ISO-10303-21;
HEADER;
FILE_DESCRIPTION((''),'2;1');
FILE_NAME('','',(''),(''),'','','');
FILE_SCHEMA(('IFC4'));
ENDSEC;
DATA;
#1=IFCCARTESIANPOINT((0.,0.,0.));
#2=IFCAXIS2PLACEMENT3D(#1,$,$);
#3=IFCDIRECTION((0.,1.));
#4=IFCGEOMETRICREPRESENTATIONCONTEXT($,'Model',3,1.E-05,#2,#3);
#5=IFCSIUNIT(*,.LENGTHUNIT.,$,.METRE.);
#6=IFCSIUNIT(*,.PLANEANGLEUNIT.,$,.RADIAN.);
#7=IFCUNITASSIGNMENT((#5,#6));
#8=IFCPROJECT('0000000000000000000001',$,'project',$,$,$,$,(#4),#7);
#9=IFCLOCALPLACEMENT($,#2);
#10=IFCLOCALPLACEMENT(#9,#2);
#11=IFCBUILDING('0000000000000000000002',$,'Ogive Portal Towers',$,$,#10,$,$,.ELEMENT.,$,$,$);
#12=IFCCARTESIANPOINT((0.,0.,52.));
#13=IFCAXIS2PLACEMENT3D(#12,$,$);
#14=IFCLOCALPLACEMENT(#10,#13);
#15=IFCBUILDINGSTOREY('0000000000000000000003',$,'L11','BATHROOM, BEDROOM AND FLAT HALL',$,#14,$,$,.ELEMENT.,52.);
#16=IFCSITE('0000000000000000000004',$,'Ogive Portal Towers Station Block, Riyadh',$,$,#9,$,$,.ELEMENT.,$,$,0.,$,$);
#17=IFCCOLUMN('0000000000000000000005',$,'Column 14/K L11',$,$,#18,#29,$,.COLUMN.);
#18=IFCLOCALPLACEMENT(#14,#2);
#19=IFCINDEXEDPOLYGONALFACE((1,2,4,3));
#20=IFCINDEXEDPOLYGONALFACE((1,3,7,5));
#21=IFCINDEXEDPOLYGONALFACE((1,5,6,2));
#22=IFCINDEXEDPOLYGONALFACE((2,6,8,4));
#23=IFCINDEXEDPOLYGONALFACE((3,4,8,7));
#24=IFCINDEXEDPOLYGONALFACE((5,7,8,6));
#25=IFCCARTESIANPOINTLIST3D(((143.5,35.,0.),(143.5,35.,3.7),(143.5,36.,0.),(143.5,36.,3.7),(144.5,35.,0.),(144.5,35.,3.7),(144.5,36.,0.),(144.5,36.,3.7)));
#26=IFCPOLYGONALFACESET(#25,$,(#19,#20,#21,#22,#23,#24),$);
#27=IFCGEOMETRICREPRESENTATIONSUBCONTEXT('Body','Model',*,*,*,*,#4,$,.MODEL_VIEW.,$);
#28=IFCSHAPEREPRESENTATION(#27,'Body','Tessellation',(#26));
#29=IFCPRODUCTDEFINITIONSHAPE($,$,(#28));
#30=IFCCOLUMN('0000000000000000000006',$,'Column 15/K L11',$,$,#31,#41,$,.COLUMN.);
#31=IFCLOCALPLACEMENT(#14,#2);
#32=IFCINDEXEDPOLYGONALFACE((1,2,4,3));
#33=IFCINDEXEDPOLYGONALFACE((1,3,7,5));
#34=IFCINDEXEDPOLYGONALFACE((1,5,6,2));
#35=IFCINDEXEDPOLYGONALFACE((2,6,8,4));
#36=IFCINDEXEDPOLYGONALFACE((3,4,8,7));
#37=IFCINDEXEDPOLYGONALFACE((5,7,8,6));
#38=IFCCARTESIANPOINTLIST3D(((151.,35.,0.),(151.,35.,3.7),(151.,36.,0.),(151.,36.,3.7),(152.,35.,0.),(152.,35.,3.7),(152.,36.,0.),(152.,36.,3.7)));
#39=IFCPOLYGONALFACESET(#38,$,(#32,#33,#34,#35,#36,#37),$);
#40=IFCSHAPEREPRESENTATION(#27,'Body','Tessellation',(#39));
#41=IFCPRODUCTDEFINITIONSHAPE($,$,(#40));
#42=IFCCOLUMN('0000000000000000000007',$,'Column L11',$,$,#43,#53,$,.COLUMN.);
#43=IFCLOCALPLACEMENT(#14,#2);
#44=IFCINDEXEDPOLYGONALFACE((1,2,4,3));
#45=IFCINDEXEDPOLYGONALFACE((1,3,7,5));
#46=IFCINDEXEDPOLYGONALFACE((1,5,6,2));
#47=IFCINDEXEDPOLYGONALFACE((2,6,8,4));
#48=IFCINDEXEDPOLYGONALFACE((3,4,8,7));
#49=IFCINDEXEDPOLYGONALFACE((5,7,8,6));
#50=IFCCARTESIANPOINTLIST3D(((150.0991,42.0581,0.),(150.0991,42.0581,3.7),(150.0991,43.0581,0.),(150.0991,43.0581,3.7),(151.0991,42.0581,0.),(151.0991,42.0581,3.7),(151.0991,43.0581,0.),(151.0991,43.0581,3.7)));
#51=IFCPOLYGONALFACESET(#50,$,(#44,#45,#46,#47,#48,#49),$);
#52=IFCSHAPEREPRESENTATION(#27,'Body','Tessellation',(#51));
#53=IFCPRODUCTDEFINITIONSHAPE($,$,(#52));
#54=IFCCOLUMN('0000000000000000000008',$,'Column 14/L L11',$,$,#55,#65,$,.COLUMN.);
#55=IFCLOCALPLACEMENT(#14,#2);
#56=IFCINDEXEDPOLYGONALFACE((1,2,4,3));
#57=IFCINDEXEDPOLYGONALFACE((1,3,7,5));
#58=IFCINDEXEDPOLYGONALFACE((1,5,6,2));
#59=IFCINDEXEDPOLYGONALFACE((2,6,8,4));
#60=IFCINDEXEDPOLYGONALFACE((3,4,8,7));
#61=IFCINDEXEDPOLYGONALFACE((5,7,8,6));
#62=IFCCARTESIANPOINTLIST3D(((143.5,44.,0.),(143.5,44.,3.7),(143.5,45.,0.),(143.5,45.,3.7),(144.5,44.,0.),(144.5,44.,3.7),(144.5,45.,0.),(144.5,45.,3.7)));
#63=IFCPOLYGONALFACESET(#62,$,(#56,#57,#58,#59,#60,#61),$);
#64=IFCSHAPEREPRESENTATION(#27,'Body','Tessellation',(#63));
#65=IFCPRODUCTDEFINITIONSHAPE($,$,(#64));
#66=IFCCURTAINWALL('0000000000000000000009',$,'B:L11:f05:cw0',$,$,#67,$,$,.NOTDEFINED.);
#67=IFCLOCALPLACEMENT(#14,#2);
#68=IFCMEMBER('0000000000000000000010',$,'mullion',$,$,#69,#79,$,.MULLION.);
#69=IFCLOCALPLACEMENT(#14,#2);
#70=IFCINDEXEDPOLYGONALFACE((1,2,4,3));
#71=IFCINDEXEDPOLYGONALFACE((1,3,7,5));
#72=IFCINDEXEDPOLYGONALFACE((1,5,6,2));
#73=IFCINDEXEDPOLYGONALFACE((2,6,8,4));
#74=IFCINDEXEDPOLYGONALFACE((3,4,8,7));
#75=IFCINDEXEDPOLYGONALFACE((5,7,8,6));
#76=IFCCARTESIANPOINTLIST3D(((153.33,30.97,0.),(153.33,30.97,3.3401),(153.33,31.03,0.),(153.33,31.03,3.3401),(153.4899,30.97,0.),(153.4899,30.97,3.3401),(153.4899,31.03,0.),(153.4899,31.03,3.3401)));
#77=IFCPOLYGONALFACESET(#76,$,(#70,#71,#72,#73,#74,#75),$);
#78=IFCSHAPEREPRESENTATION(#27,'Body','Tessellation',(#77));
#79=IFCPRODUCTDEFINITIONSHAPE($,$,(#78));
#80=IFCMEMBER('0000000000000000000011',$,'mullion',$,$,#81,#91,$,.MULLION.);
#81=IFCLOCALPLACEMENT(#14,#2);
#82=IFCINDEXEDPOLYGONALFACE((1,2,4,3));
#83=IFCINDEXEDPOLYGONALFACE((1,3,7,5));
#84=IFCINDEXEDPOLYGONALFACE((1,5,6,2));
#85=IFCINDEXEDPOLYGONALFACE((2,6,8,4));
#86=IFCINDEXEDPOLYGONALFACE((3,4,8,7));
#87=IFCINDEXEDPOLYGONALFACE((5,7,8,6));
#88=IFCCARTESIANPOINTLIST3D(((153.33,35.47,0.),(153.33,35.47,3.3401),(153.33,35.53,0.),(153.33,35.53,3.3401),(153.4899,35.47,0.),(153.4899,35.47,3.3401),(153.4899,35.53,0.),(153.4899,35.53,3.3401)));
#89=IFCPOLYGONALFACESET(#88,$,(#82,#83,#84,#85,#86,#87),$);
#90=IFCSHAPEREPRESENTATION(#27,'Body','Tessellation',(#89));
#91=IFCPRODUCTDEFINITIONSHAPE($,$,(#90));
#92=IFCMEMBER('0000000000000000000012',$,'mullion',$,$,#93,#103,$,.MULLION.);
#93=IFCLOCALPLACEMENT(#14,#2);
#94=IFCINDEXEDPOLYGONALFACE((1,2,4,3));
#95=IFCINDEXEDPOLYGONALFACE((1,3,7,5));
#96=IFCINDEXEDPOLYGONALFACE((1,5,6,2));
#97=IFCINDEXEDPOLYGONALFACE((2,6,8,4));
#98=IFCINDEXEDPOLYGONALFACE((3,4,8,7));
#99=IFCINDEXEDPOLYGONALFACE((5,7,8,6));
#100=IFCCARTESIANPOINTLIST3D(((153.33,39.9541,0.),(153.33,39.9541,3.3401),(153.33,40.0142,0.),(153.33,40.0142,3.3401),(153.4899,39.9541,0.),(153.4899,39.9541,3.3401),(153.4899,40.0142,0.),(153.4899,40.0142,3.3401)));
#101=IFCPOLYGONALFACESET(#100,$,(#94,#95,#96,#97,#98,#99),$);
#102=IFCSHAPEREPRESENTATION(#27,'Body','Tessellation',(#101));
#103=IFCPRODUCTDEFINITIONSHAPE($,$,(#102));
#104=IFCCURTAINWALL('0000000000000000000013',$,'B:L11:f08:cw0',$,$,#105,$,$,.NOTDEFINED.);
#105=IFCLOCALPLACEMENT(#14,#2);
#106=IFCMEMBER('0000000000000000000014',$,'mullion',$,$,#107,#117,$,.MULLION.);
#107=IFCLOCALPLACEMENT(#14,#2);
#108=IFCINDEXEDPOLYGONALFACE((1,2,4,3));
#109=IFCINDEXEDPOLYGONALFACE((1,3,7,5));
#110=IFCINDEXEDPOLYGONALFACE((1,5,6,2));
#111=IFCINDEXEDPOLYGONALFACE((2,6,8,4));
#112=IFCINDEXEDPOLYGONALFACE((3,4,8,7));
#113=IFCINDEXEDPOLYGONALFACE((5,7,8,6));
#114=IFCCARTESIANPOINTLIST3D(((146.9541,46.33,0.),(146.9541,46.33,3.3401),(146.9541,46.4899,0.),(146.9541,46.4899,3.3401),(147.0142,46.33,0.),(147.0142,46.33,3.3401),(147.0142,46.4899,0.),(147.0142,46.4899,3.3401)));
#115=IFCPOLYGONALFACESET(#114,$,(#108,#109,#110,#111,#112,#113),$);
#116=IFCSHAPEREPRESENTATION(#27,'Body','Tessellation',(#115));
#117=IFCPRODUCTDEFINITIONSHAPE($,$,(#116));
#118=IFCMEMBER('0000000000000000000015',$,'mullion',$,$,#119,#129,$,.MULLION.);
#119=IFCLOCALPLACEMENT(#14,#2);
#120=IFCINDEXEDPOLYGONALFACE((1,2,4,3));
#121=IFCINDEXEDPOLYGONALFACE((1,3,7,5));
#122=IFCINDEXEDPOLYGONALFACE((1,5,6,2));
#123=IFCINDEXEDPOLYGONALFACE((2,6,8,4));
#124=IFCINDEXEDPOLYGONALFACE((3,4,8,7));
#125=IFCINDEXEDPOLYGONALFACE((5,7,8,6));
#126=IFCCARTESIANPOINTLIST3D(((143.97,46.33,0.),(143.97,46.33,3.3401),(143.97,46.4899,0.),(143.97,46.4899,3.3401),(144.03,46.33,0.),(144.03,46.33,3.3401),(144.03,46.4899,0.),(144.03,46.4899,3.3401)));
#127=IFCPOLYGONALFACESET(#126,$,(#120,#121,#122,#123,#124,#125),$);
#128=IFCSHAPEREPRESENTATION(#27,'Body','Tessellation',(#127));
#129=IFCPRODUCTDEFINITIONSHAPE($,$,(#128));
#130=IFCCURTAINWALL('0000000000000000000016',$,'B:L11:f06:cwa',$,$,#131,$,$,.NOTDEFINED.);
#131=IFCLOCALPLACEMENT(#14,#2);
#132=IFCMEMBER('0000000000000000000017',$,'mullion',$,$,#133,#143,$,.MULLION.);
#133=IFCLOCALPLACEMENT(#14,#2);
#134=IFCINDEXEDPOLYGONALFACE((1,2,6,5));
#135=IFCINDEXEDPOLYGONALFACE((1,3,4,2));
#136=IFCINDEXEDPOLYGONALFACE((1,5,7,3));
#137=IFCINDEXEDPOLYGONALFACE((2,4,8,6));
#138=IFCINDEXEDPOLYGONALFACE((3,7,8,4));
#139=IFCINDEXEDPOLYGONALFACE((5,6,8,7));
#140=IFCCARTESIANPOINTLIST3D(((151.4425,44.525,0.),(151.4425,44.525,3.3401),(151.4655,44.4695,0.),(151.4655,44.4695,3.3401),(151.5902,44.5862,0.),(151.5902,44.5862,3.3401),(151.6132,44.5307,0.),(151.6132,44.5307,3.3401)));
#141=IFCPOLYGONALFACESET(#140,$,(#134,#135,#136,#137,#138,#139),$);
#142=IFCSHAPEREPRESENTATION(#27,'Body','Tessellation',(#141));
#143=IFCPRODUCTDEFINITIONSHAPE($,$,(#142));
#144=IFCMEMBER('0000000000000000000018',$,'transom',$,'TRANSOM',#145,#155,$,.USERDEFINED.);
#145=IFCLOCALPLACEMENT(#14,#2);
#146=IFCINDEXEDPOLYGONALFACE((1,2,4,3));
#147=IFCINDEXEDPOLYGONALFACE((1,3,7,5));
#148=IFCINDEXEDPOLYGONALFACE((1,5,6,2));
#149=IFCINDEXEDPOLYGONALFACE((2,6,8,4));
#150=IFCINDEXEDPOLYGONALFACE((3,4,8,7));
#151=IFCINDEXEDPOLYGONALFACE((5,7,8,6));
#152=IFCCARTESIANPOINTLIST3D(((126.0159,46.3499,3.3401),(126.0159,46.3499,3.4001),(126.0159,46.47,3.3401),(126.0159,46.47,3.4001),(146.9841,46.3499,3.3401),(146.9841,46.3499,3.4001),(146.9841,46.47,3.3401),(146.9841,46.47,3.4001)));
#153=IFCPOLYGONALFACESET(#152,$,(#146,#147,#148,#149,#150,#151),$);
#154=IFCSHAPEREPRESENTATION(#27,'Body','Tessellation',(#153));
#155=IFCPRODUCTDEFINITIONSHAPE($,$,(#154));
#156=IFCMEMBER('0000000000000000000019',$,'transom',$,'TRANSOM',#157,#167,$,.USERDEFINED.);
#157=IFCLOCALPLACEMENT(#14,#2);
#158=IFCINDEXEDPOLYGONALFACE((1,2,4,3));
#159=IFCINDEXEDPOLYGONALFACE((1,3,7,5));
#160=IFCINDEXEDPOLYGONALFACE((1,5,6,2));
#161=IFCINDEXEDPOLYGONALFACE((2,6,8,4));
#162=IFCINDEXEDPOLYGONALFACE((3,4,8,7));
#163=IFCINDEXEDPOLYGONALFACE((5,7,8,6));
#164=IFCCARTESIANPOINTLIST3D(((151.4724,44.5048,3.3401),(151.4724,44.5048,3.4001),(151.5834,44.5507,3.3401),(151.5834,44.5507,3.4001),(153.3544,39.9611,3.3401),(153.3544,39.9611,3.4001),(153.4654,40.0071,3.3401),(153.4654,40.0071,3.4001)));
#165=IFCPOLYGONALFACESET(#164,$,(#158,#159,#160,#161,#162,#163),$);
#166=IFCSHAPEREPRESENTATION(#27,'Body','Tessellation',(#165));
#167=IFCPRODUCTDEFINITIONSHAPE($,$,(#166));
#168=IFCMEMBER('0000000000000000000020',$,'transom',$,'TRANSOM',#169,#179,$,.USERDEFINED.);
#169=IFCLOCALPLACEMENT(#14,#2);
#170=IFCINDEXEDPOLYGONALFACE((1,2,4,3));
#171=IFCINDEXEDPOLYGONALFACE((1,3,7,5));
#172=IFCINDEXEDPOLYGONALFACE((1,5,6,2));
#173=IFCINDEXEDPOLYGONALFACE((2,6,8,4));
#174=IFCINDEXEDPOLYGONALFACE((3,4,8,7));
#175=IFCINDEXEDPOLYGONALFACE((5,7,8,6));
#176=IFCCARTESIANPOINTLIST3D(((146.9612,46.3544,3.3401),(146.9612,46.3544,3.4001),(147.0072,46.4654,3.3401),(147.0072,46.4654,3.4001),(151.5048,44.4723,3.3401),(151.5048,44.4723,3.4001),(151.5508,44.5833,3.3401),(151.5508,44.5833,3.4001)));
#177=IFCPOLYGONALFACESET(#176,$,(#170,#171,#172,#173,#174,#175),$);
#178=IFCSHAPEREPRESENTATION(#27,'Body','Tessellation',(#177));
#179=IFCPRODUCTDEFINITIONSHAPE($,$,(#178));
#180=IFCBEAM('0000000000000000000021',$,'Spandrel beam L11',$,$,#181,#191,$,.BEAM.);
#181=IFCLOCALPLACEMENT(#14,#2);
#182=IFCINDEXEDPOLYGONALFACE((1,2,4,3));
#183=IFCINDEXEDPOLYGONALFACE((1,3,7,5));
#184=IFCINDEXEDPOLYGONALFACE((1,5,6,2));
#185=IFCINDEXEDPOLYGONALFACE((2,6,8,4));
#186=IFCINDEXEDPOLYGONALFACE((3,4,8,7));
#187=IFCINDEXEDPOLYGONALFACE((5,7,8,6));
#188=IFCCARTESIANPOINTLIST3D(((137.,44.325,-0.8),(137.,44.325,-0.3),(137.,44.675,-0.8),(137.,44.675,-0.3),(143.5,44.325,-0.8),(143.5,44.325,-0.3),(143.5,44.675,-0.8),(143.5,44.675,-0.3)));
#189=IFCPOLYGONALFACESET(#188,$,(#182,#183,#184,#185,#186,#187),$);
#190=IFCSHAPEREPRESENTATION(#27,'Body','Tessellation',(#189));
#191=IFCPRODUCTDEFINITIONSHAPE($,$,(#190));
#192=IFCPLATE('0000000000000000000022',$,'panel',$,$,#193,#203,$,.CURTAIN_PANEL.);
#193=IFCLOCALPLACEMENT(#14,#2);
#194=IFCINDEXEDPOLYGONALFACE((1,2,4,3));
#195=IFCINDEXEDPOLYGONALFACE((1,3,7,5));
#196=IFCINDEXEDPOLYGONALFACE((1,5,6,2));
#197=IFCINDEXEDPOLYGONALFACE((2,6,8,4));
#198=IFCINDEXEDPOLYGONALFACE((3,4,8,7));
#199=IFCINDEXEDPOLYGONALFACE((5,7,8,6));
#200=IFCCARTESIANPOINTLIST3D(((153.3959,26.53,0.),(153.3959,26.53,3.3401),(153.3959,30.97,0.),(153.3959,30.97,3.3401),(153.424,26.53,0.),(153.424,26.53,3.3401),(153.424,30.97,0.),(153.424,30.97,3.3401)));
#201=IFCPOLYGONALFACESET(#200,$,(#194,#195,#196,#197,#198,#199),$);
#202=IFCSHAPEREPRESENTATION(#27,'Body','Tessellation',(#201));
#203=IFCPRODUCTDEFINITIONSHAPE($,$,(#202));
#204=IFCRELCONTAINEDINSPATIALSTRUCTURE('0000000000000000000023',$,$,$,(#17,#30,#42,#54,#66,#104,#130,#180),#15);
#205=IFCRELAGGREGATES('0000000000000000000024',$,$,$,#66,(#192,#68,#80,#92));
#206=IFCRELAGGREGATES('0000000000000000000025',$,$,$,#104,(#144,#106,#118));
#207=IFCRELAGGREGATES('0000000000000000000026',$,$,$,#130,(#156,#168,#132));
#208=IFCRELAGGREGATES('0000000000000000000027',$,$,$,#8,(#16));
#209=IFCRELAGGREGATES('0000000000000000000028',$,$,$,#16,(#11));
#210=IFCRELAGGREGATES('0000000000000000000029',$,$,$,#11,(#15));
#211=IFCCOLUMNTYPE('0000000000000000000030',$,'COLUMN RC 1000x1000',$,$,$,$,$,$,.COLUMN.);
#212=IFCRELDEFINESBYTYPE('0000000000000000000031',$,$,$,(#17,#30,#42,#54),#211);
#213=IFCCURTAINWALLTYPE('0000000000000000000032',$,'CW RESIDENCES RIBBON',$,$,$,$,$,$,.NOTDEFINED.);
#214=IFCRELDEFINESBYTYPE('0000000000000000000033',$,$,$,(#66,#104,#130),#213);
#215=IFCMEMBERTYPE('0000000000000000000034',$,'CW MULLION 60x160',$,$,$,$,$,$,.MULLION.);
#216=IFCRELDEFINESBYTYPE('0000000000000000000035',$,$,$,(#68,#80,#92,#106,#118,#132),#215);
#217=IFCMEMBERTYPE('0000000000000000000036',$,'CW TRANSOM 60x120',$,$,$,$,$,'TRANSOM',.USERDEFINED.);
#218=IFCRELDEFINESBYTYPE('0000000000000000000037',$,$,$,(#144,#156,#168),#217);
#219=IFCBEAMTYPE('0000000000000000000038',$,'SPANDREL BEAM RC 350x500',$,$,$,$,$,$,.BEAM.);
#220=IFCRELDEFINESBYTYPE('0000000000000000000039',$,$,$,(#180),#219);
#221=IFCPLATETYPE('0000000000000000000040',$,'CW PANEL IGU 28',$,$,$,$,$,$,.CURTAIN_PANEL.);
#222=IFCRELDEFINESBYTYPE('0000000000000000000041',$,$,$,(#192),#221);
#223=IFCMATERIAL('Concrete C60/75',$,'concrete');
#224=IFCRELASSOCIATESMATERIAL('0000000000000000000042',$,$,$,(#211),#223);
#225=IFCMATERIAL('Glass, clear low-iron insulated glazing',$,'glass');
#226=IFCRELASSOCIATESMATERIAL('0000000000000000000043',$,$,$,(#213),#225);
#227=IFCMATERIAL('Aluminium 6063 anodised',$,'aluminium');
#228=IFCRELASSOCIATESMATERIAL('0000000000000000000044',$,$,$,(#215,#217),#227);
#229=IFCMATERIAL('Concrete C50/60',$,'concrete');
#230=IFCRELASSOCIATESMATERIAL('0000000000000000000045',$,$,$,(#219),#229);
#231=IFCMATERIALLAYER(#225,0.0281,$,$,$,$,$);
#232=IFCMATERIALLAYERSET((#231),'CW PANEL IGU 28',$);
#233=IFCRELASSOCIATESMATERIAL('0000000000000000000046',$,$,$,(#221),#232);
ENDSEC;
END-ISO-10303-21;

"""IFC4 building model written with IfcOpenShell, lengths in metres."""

from ifc_helpers import new_model, si_unit, direction, frame, origin, origin_2d, place, context, subcontext, project, spatial, rectangle, extrude, material, layer, layer_set, material_profile, profile_set, type_object, element, aggregate, save


model = new_model("IFC4")

# Units and contexts
model_context = context("Model", 3, precision=1e-05, world=origin(), true_north=direction((0.0, 1.0)))
body_context = subcontext(model_context, "Body", "Model", "MODEL_VIEW")
ifc_project = project(units=[si_unit("LENGTHUNIT", "METRE"), si_unit("PLANEANGLEUNIT", "RADIAN")], contexts=[model_context])

# Site, building, storey
site_placement = place(None, origin())
site = spatial("IfcSite", under=ifc_project, at=site_placement, Name="Ogive Portal Towers Station Block, Riyadh", CompositionType="ELEMENT", RefElevation=0.0)
building_placement = place(site_placement, origin())
building = spatial("IfcBuilding", under=site, at=building_placement, Name="Ogive Portal Towers", CompositionType="ELEMENT")
storey_placement = place(building_placement, frame((0.0, 0.0, 52.0)))
storey = spatial("IfcBuildingStorey", under=building, at=storey_placement, Name="L11", Description="BATHROOM, BEDROOM AND FLAT HALL", CompositionType="ELEMENT", Elevation=52.0)

# Columns
ifc_material_1 = material(Name="Concrete C60/75", Category="concrete")
ifc_material_profile_1 = material_profile(ifc_material_1, rectangle(XDim=1.0, YDim=1.0, at=origin_2d()), Name="RC 1000x1000")
ifc_profile_set_1 = profile_set([ifc_material_profile_1], Name="Concrete C60/75")
column_type = type_object("IfcColumnType", Name="COLUMN RC 1000x1000", PredefinedType="COLUMN", material=ifc_profile_set_1)
for number, where, z_axis, x_axis, name in (
    (1, (144.0, 35.5, 0.0), (0.0, 0.0, 1.0), (1.0, 0.0, 0.0), "Column 14/K L11"),
    (2, (151.5, 35.5, 0.0), (0.0, 0.0, 1.0), (1.0, 0.0, 0.0), "Column 15/K L11"),
    (3, (150.5991, 42.5581, 0.0), (0.0, 0.0, 1.0), (1.0, 0.0, 0.0), "Column L11"),
    (4, (144.0, 44.5, 0.0), (0.0, 0.0, 1.0), (1.0, 0.0, 0.0), "Column 14/L L11"),
):
    element("IfcColumn", number, at=place(storey_placement, frame(where, z_axis=z_axis, x_axis=x_axis)), inside=storey, type_object=column_type, Name=name, PredefinedType="COLUMN", context=body_context, shape_type="SweptSolid", body=[
        extrude(rectangle(XDim=1.0, YDim=1.0, at=origin_2d()), origin(), (0.0, 0.0, 1.0), 3.7),
    ])

# Curtain walls, members
ifc_material_2 = material(Name="Glass, clear low-iron insulated glazing", Category="glass")
curtain_wall_type = type_object("IfcCurtainWallType", Name="CW RESIDENCES RIBBON", PredefinedType="NOTDEFINED", material=ifc_material_2)
curtain_wall_1_placement = place(storey_placement, origin())
curtain_wall_1 = element("IfcCurtainWall", 5, at=curtain_wall_1_placement, inside=storey, type_object=curtain_wall_type, Name="B:L11:f05:cw0", PredefinedType="NOTDEFINED")
ifc_material_3 = material(Name="Aluminium 6063 anodised", Category="aluminium")
ifc_material_profile_2 = material_profile(ifc_material_3, rectangle(XDim=0.1599, YDim=0.0601, at=origin_2d()), Name="AL 60x160")
ifc_profile_set_2 = profile_set([ifc_material_profile_2], Name="Aluminium 6063 anodised")
member_type_1 = type_object("IfcMemberType", Name="CW MULLION 60x160", PredefinedType="MULLION", material=ifc_profile_set_2)
member_1_placement = place(storey_placement, frame((153.4099, 31.0, 0.0), z_axis=(0.0, 0.0, 1.0), x_axis=(-1.0, 0.0, 0.0)))
member_1 = element("IfcMember", 6, at=member_1_placement, type_object=member_type_1, Name="mullion", PredefinedType="MULLION", context=body_context, shape_type="SweptSolid", body=[
    extrude(rectangle(XDim=0.1599, YDim=0.0601, at=origin_2d()), origin(), (0.0, 0.0, 1.0), 3.3401),
])
member_2_placement = place(storey_placement, frame((153.4099, 35.5, 0.0), z_axis=(0.0, 0.0, 1.0), x_axis=(-1.0, 0.0, 0.0)))
member_2 = element("IfcMember", 7, at=member_2_placement, type_object=member_type_1, Name="mullion", PredefinedType="MULLION", context=body_context, shape_type="SweptSolid", body=[
    extrude(rectangle(XDim=0.1599, YDim=0.0601, at=origin_2d()), origin(), (0.0, 0.0, 1.0), 3.3401),
])
member_3_placement = place(storey_placement, frame((153.4099, 39.9841, 0.0), z_axis=(0.0, 0.0, 1.0), x_axis=(-1.0, 0.0, 0.0)))
member_3 = element("IfcMember", 8, at=member_3_placement, type_object=member_type_1, Name="mullion", PredefinedType="MULLION", context=body_context, shape_type="SweptSolid", body=[
    extrude(rectangle(XDim=0.1599, YDim=0.0601, at=origin_2d()), origin(), (0.0, 0.0, 1.0), 3.3401),
])
curtain_wall_2_placement = place(storey_placement, origin())
curtain_wall_2 = element("IfcCurtainWall", 9, at=curtain_wall_2_placement, inside=storey, type_object=curtain_wall_type, Name="B:L11:f08:cw0", PredefinedType="NOTDEFINED")
member_4_placement = place(storey_placement, frame((146.9841, 46.4099, 0.0), z_axis=(0.0, 0.0, 1.0), x_axis=(0.0, -1.0, 0.0)))
member_4 = element("IfcMember", 10, at=member_4_placement, type_object=member_type_1, Name="mullion", PredefinedType="MULLION", context=body_context, shape_type="SweptSolid", body=[
    extrude(rectangle(XDim=0.1599, YDim=0.0601, at=origin_2d()), origin(), (0.0, 0.0, 1.0), 3.3401),
])
member_5_placement = place(storey_placement, frame((144.0, 46.4099, 0.0), z_axis=(0.0, 0.0, 1.0), x_axis=(0.0, -1.0, 0.0)))
member_5 = element("IfcMember", 11, at=member_5_placement, type_object=member_type_1, Name="mullion", PredefinedType="MULLION", context=body_context, shape_type="SweptSolid", body=[
    extrude(rectangle(XDim=0.1599, YDim=0.0601, at=origin_2d()), origin(), (0.0, 0.0, 1.0), 3.3401),
])

# Curtain wall, member
curtain_wall_3_placement = place(storey_placement, origin())
curtain_wall_3 = element("IfcCurtainWall", 12, at=curtain_wall_3_placement, inside=storey, type_object=curtain_wall_type, Name="B:L11:f06:cwa", PredefinedType="NOTDEFINED")
member_6_placement = place(storey_placement, frame((151.5278, 44.5278, 0.0), z_axis=(0.0, 0.0, 1.0), x_axis=(-0.92388, -0.382683, 0.0)))
member_6 = element("IfcMember", 13, at=member_6_placement, type_object=member_type_1, Name="mullion", PredefinedType="MULLION", context=body_context, shape_type="SweptSolid", body=[
    extrude(rectangle(XDim=0.1599, YDim=0.0601, at=origin_2d()), origin(), (0.0, 0.0, 1.0), 3.3401),
])

# Members
ifc_material_profile_3 = material_profile(ifc_material_3, rectangle(XDim=0.1201, YDim=0.0601, at=origin_2d()), Name="AL 120x60")
ifc_profile_set_3 = profile_set([ifc_material_profile_3], Name="Aluminium 6063 anodised")
member_type_2 = type_object("IfcMemberType", Name="CW TRANSOM 60x120", ElementType="TRANSOM", PredefinedType="USERDEFINED", material=ifc_profile_set_3)
member_7_placement = place(storey_placement, frame((146.9841, 46.4099, 3.3701), z_axis=(-1.0, 0.0, 0.0), x_axis=(0.0, -1.0, 0.0)))
member_7 = element("IfcMember", 14, at=member_7_placement, type_object=member_type_2, Name="transom", ObjectType="TRANSOM", PredefinedType="USERDEFINED", context=body_context, shape_type="SweptSolid", body=[
    extrude(rectangle(XDim=0.1201, YDim=0.0601, at=origin_2d()), origin(), (0.0, 0.0, 1.0), 20.9683),
])
member_8_placement = place(storey_placement, frame((153.4099, 39.9841, 3.3701), z_axis=(-0.382686, 0.923878, 0.0), x_axis=(-0.923878, -0.382686, 0.0)))
member_8 = element("IfcMember", 15, at=member_8_placement, type_object=member_type_2, Name="transom", ObjectType="TRANSOM", PredefinedType="USERDEFINED", context=body_context, shape_type="SweptSolid", body=[
    extrude(rectangle(XDim=0.1201, YDim=0.0601, at=origin_2d()), origin(), (0.0, 0.0, 1.0), 4.918),
])
member_9_placement = place(storey_placement, frame((151.5278, 44.5278, 3.3701), z_axis=(-0.923878, 0.382686, 0.0), x_axis=(-0.382686, -0.923878, 0.0)))
member_9 = element("IfcMember", 16, at=member_9_placement, type_object=member_type_2, Name="transom", ObjectType="TRANSOM", PredefinedType="USERDEFINED", context=body_context, shape_type="SweptSolid", body=[
    extrude(rectangle(XDim=0.1201, YDim=0.0601, at=origin_2d()), origin(), (0.0, 0.0, 1.0), 4.918),
])

# Beam
ifc_material_4 = material(Name="Concrete C50/60", Category="concrete")
ifc_material_profile_4 = material_profile(ifc_material_4, rectangle(XDim=0.3501, YDim=0.5, at=origin_2d()), Name="RC 350x500")
ifc_profile_set_4 = profile_set([ifc_material_profile_4], Name="Concrete C50/60")
beam_type = type_object("IfcBeamType", Name="SPANDREL BEAM RC 350x500", PredefinedType="BEAM", material=ifc_profile_set_4)
beam_placement = place(storey_placement, frame((143.5, 44.5, -0.55), z_axis=(-1.0, 0.0, 0.0), x_axis=(0.0, -1.0, 0.0)))
element("IfcBeam", 17, at=beam_placement, inside=storey, type_object=beam_type, Name="Spandrel beam L11", PredefinedType="BEAM", context=body_context, shape_type="SweptSolid", body=[
    extrude(rectangle(XDim=0.3501, YDim=0.5, at=origin_2d()), origin(), (0.0, 0.0, 1.0), 6.5),
])

# Plate
ifc_layer_1 = layer(ifc_material_2, 0.0281)
ifc_layer_set_1 = layer_set([ifc_layer_1], Name="CW PANEL IGU 28")
plate_type = type_object("IfcPlateType", Name="CW PANEL IGU 28", PredefinedType="CURTAIN_PANEL", material=ifc_layer_set_1)
plate_1_placement = place(storey_placement, frame((153.4099, 28.75, 0.0), z_axis=(0.0, 0.0, 1.0), x_axis=(0.0, 1.0, 0.0)))
plate_1 = element("IfcPlate", 18, at=plate_1_placement, type_object=plate_type, Name="panel", PredefinedType="CURTAIN_PANEL", context=body_context, shape_type="SweptSolid", body=[
    extrude(rectangle(XDim=4.4399, YDim=0.0281, at=origin_2d()), origin(), (0.0, 0.0, 1.0), 3.3401),
])
aggregate(curtain_wall_1, [plate_1, member_1, member_2, member_3])
aggregate(curtain_wall_2, [member_7, member_4, member_5])
aggregate(curtain_wall_3, [member_8, member_9, member_6])

save(model, "model.ifc")
